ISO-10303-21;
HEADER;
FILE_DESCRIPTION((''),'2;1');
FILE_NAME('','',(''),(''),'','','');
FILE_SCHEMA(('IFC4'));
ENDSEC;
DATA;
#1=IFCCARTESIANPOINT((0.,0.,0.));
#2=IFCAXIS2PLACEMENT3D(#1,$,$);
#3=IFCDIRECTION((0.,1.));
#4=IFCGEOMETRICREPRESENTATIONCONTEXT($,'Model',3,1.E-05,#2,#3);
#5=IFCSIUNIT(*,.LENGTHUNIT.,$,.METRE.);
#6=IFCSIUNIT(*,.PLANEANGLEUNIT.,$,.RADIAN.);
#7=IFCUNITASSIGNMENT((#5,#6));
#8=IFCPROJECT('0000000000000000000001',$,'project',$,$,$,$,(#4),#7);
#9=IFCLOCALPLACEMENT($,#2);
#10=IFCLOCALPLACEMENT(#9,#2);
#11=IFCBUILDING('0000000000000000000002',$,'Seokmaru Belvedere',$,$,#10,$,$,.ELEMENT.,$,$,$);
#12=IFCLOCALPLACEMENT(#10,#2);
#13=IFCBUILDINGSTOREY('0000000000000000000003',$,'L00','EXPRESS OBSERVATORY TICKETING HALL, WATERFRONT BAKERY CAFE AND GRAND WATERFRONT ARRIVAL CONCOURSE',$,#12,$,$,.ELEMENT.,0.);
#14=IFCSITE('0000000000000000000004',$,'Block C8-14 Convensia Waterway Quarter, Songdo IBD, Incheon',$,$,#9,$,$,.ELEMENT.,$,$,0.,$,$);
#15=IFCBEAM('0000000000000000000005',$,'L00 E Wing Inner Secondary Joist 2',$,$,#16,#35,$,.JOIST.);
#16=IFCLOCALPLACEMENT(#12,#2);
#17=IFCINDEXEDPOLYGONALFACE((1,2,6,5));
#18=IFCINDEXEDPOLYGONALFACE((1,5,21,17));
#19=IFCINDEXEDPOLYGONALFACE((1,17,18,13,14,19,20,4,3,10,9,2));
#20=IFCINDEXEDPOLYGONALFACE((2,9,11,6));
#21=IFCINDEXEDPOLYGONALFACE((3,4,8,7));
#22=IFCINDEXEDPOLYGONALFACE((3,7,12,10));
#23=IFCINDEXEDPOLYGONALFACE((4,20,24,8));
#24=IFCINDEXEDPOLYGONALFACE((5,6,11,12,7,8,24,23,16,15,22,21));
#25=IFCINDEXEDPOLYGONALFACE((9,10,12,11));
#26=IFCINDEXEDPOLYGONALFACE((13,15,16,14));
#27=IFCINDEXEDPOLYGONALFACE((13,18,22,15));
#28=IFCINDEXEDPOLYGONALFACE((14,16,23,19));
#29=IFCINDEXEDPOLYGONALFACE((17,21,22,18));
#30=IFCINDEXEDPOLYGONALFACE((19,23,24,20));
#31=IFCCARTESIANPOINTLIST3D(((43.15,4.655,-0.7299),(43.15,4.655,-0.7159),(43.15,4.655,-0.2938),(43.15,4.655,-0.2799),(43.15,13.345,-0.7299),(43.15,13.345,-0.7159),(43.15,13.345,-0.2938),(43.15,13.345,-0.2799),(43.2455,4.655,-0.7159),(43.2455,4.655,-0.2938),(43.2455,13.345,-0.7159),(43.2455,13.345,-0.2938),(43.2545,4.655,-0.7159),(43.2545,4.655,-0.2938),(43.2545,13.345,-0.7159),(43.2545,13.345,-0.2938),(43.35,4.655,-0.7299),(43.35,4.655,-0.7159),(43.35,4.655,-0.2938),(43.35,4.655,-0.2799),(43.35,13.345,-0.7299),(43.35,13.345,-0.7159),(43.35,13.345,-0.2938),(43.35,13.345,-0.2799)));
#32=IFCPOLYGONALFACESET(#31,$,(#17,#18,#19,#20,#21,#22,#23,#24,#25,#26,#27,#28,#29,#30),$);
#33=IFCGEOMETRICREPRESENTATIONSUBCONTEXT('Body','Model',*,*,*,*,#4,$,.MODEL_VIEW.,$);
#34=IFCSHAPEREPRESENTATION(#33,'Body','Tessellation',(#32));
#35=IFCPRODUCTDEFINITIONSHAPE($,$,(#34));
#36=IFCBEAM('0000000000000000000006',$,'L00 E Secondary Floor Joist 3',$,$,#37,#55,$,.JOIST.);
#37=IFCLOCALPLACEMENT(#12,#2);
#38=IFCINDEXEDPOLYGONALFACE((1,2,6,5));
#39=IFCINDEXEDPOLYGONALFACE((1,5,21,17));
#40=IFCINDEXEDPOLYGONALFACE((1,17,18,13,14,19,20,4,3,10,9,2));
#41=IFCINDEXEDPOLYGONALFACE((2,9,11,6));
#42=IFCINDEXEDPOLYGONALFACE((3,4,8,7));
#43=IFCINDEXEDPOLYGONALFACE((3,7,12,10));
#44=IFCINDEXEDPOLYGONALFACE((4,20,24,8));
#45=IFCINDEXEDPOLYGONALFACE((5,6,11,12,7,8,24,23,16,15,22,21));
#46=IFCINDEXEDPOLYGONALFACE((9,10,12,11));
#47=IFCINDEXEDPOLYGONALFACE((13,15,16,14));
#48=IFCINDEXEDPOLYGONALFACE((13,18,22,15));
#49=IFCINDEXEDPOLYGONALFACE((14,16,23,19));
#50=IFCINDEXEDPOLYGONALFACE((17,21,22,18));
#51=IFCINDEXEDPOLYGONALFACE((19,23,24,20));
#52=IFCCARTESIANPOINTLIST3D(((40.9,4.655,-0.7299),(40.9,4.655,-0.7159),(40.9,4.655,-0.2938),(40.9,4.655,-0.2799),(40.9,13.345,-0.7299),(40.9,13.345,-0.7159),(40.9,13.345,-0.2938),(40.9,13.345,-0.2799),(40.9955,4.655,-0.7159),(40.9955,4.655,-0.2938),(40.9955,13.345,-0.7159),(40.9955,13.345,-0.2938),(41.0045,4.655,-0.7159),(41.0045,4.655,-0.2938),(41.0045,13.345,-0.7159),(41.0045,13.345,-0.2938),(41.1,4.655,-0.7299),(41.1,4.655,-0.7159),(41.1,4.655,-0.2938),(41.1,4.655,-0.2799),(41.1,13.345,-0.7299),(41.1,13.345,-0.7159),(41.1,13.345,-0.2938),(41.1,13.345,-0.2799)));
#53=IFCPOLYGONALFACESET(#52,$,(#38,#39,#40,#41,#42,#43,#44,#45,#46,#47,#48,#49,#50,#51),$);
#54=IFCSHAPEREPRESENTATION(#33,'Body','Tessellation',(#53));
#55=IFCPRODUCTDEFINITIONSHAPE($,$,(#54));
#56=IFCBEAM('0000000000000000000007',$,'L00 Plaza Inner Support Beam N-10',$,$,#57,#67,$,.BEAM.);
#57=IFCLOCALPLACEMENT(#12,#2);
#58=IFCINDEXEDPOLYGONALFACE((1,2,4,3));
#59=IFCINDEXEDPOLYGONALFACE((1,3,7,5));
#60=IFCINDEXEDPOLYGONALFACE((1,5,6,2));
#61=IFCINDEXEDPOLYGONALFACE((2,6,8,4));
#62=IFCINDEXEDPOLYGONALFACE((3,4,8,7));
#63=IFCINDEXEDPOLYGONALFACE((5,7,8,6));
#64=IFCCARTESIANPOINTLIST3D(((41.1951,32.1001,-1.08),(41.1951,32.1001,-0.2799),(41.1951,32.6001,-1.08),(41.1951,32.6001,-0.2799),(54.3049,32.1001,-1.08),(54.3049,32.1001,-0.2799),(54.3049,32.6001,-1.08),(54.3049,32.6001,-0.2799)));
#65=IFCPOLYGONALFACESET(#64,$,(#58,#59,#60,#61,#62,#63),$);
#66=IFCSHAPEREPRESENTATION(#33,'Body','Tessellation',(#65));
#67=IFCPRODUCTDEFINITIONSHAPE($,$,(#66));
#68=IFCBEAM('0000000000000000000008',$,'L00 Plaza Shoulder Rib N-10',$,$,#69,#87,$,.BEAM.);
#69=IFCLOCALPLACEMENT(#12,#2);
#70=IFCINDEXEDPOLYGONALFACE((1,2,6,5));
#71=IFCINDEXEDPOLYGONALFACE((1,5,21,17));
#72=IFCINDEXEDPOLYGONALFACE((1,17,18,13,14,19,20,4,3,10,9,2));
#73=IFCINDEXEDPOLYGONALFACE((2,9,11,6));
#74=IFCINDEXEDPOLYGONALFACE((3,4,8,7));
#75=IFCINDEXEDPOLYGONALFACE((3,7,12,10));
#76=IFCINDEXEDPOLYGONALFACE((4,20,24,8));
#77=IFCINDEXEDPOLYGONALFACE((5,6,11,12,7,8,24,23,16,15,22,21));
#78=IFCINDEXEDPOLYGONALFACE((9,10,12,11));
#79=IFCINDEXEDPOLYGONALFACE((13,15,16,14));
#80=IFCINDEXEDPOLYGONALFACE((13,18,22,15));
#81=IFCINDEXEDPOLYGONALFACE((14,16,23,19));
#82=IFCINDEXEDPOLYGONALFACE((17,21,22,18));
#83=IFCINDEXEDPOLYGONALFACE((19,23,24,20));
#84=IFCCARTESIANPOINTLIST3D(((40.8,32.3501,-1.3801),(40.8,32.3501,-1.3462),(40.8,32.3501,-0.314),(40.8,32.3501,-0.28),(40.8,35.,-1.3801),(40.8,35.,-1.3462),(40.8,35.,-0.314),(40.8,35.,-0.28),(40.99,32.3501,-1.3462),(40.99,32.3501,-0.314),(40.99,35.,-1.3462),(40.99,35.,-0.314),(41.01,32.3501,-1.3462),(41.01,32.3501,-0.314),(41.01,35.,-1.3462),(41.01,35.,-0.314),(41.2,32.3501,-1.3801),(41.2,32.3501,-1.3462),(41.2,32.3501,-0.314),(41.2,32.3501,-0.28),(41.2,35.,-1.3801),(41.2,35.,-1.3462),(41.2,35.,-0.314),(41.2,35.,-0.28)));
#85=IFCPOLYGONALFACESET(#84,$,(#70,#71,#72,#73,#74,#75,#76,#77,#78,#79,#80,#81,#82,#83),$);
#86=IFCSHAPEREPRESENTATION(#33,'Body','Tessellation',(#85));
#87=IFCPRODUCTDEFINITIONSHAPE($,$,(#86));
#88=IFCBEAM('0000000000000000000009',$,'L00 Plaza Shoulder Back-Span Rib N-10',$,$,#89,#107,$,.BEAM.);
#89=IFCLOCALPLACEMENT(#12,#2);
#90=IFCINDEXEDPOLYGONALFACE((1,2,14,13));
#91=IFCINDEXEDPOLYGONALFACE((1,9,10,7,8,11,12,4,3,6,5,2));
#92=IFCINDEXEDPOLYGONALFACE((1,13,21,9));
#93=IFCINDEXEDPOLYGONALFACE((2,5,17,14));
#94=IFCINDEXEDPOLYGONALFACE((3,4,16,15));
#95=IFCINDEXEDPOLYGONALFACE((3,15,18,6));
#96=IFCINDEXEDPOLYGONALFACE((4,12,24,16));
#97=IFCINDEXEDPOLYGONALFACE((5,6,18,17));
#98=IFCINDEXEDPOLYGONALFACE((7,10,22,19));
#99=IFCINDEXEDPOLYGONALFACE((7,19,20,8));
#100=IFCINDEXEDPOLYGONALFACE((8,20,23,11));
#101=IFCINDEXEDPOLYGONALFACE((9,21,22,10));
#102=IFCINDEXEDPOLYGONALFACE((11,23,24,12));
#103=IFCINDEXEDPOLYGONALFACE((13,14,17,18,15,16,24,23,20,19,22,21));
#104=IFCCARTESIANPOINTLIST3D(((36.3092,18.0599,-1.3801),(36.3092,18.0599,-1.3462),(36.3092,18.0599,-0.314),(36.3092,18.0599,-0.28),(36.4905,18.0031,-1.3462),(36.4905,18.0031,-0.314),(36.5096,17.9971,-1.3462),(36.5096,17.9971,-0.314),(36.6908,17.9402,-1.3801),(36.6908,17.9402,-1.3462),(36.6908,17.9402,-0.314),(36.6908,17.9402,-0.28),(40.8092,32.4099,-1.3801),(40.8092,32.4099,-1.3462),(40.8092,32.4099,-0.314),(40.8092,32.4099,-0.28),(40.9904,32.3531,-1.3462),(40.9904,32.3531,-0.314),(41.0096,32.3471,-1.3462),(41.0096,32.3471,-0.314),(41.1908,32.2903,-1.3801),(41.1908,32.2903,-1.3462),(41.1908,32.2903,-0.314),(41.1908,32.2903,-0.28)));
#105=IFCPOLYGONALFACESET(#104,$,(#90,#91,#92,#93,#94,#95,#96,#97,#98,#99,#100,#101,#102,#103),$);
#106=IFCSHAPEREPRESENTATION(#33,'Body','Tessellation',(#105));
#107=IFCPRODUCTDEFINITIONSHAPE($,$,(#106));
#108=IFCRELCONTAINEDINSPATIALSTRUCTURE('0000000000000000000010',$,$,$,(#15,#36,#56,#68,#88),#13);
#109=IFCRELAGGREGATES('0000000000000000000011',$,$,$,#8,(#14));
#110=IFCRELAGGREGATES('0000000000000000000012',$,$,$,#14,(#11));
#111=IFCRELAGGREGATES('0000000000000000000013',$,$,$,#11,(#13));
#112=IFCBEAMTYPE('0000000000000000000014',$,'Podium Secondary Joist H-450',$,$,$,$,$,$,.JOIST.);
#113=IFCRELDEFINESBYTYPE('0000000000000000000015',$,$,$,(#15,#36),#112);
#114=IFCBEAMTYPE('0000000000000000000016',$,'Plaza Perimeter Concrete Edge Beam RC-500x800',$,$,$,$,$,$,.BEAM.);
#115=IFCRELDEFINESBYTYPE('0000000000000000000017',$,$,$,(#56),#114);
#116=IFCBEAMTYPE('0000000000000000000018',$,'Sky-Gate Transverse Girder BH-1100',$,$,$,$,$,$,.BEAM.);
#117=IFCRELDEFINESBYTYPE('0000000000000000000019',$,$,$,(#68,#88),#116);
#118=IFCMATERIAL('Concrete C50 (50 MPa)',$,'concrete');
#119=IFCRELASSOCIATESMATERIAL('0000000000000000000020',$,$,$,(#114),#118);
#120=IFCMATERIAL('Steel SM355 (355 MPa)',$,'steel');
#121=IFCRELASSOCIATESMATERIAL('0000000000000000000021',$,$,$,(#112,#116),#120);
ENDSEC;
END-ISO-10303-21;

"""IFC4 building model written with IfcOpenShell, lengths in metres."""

from ifc_helpers import new_model, si_unit, direction, frame, origin, origin_2d, place, context, subcontext, project, spatial, rectangle, i_section, extrude, source, transform, mapped, material, material_profile, profile_set, type_object, type_shapes, element, save


model = new_model("IFC4")

# Units and contexts
model_context = context("Model", 3, precision=1e-05, world=origin(), true_north=direction((0.0, 1.0)))
body_context = subcontext(model_context, "Body", "Model", "MODEL_VIEW")
ifc_project = project(units=[si_unit("LENGTHUNIT", "METRE"), si_unit("PLANEANGLEUNIT", "RADIAN")], contexts=[model_context])

# Site, building, storey
site_placement = place(None, origin())
site = spatial("IfcSite", under=ifc_project, at=site_placement, Name="Block C8-14 Convensia Waterway Quarter, Songdo IBD, Incheon", CompositionType="ELEMENT", RefElevation=0.0)
building_placement = place(site_placement, origin())
building = spatial("IfcBuilding", under=site, at=building_placement, Name="Seokmaru Belvedere", CompositionType="ELEMENT")
storey_placement = place(building_placement, origin())
storey = spatial("IfcBuildingStorey", under=building, at=storey_placement, Name="L00", Description="EXPRESS OBSERVATORY TICKETING HALL, WATERFRONT BAKERY CAFE AND GRAND WATERFRONT ARRIVAL CONCOURSE", CompositionType="ELEMENT", Elevation=0.0)

# Beams
ifc_material_1 = material(Name="Concrete C50 (50 MPa)", Category="concrete")
ifc_material_profile_1 = material_profile(ifc_material_1, rectangle(XDim=0.5, YDim=0.8, at=origin_2d()), Name="RC-500x800")
ifc_profile_set_1 = profile_set([ifc_material_profile_1], Name="Concrete C50 (50 MPa)")
beam_type_1 = type_object("IfcBeamType", Name="Plaza Perimeter Concrete Edge Beam RC-500x800", PredefinedType="BEAM", material=ifc_profile_set_1)
ifc_material_2 = material(Name="Steel SM355 (355 MPa)", Category="steel")
ifc_material_profile_2 = material_profile(ifc_material_2, i_section(OverallWidth=0.2, OverallDepth=0.45, WebThickness=0.009, FlangeThickness=0.0139, at=origin_2d()), Name="H-450x200x9x14")
ifc_profile_set_2 = profile_set([ifc_material_profile_2], Name="Steel SM355 (355 MPa)")
beam_type_2 = type_object("IfcBeamType", Name="Podium Secondary Joist H-450", PredefinedType="JOIST", material=ifc_profile_set_2)
shared_shape_1 = source(origin(), body_context, "Body", "SweptSolid", [
    extrude(i_section(OverallWidth=0.2, OverallDepth=0.45, WebThickness=0.009, FlangeThickness=0.0139, at=origin_2d()), origin(), (0.0, 0.0, 1.0), 8.6899),
])
type_shapes(beam_type_2, [shared_shape_1])
for number, where, z_axis, x_axis, name in (
    (1, (43.25, 4.655, -0.5049), (0.0, 1.0, 0.0), (-1.0, 0.0, 0.0), "L00 E Wing Inner Secondary Joist 2"),
    (2, (41.0, 4.655, -0.5049), (0.0, 1.0, 0.0), (-1.0, 0.0, 0.0), "L00 E Secondary Floor Joist 3"),
):
    element("IfcBeam", number, at=place(storey_placement, frame(where, z_axis=z_axis, x_axis=x_axis)), inside=storey, type_object=beam_type_2, Name=name, PredefinedType="JOIST", context=body_context, shape_type="MappedRepresentation", body=[
        mapped(shared_shape_1, transform((0.0, 0.0, 0.0), scale=1.0)),
    ])
shared_shape_2 = source(origin(), body_context, "Body", "SweptSolid", [
    extrude(rectangle(XDim=0.5, YDim=0.8, at=origin_2d()), origin(), (0.0, 0.0, 1.0), 13.1099),
])
beam_1_placement = place(storey_placement, frame((41.1951, 32.3501, -0.6799), z_axis=(1.0, 0.0, 0.0), x_axis=(0.0, 1.0, 0.0)))
element("IfcBeam", 3, at=beam_1_placement, inside=storey, type_object=beam_type_1, Name="L00 Plaza Inner Support Beam N-10", PredefinedType="BEAM", context=body_context, shape_type="MappedRepresentation", body=[
    mapped(shared_shape_2, transform((0.0, 0.0, 0.0), scale=1.0)),
])
ifc_material_profile_3 = material_profile(ifc_material_2, i_section(OverallWidth=0.3999, OverallDepth=1.1001, WebThickness=0.02, FlangeThickness=0.0339, at=origin_2d()), Name="BH-1100x400x20x34")
ifc_profile_set_3 = profile_set([ifc_material_profile_3], Name="Steel SM355 (355 MPa)")
beam_type_3 = type_object("IfcBeamType", Name="Sky-Gate Transverse Girder BH-1100", PredefinedType="BEAM", material=ifc_profile_set_3)
shared_shape_3 = source(origin(), body_context, "Body", "SweptSolid", [
    extrude(i_section(OverallWidth=0.3999, OverallDepth=1.1001, WebThickness=0.02, FlangeThickness=0.0339, at=origin_2d()), origin(), (0.0, 0.0, 1.0), 2.6499),
])
beam_2_placement = place(storey_placement, frame((41.0, 35.0, -0.8301), z_axis=(0.0, -1.0, 0.0), x_axis=(1.0, 0.0, 0.0)))
element("IfcBeam", 4, at=beam_2_placement, inside=storey, type_object=beam_type_3, Name="L00 Plaza Shoulder Rib N-10", PredefinedType="BEAM", context=body_context, shape_type="MappedRepresentation", body=[
    mapped(shared_shape_3, transform((0.0, 0.0, 0.0), scale=1.0)),
])
shared_shape_4 = source(origin(), body_context, "Body", "SweptSolid", [
    extrude(i_section(OverallWidth=0.3999, OverallDepth=1.1001, WebThickness=0.02, FlangeThickness=0.0339, at=origin_2d()), origin(), (0.0, 0.0, 1.0), 15.0391),
])
type_shapes(beam_type_3, [shared_shape_3, shared_shape_4])
beam_3_placement = place(storey_placement, frame((41.0, 32.3501, -0.8301), z_axis=(-0.29922, -0.954184, 0.0), x_axis=(0.954184, -0.29922, 0.0)))
element("IfcBeam", 5, at=beam_3_placement, inside=storey, type_object=beam_type_3, Name="L00 Plaza Shoulder Back-Span Rib N-10", PredefinedType="BEAM", context=body_context, shape_type="MappedRepresentation", body=[
    mapped(shared_shape_4, transform((0.0, 0.0, 0.0), scale=1.0)),
])

save(model, "model.ifc")
